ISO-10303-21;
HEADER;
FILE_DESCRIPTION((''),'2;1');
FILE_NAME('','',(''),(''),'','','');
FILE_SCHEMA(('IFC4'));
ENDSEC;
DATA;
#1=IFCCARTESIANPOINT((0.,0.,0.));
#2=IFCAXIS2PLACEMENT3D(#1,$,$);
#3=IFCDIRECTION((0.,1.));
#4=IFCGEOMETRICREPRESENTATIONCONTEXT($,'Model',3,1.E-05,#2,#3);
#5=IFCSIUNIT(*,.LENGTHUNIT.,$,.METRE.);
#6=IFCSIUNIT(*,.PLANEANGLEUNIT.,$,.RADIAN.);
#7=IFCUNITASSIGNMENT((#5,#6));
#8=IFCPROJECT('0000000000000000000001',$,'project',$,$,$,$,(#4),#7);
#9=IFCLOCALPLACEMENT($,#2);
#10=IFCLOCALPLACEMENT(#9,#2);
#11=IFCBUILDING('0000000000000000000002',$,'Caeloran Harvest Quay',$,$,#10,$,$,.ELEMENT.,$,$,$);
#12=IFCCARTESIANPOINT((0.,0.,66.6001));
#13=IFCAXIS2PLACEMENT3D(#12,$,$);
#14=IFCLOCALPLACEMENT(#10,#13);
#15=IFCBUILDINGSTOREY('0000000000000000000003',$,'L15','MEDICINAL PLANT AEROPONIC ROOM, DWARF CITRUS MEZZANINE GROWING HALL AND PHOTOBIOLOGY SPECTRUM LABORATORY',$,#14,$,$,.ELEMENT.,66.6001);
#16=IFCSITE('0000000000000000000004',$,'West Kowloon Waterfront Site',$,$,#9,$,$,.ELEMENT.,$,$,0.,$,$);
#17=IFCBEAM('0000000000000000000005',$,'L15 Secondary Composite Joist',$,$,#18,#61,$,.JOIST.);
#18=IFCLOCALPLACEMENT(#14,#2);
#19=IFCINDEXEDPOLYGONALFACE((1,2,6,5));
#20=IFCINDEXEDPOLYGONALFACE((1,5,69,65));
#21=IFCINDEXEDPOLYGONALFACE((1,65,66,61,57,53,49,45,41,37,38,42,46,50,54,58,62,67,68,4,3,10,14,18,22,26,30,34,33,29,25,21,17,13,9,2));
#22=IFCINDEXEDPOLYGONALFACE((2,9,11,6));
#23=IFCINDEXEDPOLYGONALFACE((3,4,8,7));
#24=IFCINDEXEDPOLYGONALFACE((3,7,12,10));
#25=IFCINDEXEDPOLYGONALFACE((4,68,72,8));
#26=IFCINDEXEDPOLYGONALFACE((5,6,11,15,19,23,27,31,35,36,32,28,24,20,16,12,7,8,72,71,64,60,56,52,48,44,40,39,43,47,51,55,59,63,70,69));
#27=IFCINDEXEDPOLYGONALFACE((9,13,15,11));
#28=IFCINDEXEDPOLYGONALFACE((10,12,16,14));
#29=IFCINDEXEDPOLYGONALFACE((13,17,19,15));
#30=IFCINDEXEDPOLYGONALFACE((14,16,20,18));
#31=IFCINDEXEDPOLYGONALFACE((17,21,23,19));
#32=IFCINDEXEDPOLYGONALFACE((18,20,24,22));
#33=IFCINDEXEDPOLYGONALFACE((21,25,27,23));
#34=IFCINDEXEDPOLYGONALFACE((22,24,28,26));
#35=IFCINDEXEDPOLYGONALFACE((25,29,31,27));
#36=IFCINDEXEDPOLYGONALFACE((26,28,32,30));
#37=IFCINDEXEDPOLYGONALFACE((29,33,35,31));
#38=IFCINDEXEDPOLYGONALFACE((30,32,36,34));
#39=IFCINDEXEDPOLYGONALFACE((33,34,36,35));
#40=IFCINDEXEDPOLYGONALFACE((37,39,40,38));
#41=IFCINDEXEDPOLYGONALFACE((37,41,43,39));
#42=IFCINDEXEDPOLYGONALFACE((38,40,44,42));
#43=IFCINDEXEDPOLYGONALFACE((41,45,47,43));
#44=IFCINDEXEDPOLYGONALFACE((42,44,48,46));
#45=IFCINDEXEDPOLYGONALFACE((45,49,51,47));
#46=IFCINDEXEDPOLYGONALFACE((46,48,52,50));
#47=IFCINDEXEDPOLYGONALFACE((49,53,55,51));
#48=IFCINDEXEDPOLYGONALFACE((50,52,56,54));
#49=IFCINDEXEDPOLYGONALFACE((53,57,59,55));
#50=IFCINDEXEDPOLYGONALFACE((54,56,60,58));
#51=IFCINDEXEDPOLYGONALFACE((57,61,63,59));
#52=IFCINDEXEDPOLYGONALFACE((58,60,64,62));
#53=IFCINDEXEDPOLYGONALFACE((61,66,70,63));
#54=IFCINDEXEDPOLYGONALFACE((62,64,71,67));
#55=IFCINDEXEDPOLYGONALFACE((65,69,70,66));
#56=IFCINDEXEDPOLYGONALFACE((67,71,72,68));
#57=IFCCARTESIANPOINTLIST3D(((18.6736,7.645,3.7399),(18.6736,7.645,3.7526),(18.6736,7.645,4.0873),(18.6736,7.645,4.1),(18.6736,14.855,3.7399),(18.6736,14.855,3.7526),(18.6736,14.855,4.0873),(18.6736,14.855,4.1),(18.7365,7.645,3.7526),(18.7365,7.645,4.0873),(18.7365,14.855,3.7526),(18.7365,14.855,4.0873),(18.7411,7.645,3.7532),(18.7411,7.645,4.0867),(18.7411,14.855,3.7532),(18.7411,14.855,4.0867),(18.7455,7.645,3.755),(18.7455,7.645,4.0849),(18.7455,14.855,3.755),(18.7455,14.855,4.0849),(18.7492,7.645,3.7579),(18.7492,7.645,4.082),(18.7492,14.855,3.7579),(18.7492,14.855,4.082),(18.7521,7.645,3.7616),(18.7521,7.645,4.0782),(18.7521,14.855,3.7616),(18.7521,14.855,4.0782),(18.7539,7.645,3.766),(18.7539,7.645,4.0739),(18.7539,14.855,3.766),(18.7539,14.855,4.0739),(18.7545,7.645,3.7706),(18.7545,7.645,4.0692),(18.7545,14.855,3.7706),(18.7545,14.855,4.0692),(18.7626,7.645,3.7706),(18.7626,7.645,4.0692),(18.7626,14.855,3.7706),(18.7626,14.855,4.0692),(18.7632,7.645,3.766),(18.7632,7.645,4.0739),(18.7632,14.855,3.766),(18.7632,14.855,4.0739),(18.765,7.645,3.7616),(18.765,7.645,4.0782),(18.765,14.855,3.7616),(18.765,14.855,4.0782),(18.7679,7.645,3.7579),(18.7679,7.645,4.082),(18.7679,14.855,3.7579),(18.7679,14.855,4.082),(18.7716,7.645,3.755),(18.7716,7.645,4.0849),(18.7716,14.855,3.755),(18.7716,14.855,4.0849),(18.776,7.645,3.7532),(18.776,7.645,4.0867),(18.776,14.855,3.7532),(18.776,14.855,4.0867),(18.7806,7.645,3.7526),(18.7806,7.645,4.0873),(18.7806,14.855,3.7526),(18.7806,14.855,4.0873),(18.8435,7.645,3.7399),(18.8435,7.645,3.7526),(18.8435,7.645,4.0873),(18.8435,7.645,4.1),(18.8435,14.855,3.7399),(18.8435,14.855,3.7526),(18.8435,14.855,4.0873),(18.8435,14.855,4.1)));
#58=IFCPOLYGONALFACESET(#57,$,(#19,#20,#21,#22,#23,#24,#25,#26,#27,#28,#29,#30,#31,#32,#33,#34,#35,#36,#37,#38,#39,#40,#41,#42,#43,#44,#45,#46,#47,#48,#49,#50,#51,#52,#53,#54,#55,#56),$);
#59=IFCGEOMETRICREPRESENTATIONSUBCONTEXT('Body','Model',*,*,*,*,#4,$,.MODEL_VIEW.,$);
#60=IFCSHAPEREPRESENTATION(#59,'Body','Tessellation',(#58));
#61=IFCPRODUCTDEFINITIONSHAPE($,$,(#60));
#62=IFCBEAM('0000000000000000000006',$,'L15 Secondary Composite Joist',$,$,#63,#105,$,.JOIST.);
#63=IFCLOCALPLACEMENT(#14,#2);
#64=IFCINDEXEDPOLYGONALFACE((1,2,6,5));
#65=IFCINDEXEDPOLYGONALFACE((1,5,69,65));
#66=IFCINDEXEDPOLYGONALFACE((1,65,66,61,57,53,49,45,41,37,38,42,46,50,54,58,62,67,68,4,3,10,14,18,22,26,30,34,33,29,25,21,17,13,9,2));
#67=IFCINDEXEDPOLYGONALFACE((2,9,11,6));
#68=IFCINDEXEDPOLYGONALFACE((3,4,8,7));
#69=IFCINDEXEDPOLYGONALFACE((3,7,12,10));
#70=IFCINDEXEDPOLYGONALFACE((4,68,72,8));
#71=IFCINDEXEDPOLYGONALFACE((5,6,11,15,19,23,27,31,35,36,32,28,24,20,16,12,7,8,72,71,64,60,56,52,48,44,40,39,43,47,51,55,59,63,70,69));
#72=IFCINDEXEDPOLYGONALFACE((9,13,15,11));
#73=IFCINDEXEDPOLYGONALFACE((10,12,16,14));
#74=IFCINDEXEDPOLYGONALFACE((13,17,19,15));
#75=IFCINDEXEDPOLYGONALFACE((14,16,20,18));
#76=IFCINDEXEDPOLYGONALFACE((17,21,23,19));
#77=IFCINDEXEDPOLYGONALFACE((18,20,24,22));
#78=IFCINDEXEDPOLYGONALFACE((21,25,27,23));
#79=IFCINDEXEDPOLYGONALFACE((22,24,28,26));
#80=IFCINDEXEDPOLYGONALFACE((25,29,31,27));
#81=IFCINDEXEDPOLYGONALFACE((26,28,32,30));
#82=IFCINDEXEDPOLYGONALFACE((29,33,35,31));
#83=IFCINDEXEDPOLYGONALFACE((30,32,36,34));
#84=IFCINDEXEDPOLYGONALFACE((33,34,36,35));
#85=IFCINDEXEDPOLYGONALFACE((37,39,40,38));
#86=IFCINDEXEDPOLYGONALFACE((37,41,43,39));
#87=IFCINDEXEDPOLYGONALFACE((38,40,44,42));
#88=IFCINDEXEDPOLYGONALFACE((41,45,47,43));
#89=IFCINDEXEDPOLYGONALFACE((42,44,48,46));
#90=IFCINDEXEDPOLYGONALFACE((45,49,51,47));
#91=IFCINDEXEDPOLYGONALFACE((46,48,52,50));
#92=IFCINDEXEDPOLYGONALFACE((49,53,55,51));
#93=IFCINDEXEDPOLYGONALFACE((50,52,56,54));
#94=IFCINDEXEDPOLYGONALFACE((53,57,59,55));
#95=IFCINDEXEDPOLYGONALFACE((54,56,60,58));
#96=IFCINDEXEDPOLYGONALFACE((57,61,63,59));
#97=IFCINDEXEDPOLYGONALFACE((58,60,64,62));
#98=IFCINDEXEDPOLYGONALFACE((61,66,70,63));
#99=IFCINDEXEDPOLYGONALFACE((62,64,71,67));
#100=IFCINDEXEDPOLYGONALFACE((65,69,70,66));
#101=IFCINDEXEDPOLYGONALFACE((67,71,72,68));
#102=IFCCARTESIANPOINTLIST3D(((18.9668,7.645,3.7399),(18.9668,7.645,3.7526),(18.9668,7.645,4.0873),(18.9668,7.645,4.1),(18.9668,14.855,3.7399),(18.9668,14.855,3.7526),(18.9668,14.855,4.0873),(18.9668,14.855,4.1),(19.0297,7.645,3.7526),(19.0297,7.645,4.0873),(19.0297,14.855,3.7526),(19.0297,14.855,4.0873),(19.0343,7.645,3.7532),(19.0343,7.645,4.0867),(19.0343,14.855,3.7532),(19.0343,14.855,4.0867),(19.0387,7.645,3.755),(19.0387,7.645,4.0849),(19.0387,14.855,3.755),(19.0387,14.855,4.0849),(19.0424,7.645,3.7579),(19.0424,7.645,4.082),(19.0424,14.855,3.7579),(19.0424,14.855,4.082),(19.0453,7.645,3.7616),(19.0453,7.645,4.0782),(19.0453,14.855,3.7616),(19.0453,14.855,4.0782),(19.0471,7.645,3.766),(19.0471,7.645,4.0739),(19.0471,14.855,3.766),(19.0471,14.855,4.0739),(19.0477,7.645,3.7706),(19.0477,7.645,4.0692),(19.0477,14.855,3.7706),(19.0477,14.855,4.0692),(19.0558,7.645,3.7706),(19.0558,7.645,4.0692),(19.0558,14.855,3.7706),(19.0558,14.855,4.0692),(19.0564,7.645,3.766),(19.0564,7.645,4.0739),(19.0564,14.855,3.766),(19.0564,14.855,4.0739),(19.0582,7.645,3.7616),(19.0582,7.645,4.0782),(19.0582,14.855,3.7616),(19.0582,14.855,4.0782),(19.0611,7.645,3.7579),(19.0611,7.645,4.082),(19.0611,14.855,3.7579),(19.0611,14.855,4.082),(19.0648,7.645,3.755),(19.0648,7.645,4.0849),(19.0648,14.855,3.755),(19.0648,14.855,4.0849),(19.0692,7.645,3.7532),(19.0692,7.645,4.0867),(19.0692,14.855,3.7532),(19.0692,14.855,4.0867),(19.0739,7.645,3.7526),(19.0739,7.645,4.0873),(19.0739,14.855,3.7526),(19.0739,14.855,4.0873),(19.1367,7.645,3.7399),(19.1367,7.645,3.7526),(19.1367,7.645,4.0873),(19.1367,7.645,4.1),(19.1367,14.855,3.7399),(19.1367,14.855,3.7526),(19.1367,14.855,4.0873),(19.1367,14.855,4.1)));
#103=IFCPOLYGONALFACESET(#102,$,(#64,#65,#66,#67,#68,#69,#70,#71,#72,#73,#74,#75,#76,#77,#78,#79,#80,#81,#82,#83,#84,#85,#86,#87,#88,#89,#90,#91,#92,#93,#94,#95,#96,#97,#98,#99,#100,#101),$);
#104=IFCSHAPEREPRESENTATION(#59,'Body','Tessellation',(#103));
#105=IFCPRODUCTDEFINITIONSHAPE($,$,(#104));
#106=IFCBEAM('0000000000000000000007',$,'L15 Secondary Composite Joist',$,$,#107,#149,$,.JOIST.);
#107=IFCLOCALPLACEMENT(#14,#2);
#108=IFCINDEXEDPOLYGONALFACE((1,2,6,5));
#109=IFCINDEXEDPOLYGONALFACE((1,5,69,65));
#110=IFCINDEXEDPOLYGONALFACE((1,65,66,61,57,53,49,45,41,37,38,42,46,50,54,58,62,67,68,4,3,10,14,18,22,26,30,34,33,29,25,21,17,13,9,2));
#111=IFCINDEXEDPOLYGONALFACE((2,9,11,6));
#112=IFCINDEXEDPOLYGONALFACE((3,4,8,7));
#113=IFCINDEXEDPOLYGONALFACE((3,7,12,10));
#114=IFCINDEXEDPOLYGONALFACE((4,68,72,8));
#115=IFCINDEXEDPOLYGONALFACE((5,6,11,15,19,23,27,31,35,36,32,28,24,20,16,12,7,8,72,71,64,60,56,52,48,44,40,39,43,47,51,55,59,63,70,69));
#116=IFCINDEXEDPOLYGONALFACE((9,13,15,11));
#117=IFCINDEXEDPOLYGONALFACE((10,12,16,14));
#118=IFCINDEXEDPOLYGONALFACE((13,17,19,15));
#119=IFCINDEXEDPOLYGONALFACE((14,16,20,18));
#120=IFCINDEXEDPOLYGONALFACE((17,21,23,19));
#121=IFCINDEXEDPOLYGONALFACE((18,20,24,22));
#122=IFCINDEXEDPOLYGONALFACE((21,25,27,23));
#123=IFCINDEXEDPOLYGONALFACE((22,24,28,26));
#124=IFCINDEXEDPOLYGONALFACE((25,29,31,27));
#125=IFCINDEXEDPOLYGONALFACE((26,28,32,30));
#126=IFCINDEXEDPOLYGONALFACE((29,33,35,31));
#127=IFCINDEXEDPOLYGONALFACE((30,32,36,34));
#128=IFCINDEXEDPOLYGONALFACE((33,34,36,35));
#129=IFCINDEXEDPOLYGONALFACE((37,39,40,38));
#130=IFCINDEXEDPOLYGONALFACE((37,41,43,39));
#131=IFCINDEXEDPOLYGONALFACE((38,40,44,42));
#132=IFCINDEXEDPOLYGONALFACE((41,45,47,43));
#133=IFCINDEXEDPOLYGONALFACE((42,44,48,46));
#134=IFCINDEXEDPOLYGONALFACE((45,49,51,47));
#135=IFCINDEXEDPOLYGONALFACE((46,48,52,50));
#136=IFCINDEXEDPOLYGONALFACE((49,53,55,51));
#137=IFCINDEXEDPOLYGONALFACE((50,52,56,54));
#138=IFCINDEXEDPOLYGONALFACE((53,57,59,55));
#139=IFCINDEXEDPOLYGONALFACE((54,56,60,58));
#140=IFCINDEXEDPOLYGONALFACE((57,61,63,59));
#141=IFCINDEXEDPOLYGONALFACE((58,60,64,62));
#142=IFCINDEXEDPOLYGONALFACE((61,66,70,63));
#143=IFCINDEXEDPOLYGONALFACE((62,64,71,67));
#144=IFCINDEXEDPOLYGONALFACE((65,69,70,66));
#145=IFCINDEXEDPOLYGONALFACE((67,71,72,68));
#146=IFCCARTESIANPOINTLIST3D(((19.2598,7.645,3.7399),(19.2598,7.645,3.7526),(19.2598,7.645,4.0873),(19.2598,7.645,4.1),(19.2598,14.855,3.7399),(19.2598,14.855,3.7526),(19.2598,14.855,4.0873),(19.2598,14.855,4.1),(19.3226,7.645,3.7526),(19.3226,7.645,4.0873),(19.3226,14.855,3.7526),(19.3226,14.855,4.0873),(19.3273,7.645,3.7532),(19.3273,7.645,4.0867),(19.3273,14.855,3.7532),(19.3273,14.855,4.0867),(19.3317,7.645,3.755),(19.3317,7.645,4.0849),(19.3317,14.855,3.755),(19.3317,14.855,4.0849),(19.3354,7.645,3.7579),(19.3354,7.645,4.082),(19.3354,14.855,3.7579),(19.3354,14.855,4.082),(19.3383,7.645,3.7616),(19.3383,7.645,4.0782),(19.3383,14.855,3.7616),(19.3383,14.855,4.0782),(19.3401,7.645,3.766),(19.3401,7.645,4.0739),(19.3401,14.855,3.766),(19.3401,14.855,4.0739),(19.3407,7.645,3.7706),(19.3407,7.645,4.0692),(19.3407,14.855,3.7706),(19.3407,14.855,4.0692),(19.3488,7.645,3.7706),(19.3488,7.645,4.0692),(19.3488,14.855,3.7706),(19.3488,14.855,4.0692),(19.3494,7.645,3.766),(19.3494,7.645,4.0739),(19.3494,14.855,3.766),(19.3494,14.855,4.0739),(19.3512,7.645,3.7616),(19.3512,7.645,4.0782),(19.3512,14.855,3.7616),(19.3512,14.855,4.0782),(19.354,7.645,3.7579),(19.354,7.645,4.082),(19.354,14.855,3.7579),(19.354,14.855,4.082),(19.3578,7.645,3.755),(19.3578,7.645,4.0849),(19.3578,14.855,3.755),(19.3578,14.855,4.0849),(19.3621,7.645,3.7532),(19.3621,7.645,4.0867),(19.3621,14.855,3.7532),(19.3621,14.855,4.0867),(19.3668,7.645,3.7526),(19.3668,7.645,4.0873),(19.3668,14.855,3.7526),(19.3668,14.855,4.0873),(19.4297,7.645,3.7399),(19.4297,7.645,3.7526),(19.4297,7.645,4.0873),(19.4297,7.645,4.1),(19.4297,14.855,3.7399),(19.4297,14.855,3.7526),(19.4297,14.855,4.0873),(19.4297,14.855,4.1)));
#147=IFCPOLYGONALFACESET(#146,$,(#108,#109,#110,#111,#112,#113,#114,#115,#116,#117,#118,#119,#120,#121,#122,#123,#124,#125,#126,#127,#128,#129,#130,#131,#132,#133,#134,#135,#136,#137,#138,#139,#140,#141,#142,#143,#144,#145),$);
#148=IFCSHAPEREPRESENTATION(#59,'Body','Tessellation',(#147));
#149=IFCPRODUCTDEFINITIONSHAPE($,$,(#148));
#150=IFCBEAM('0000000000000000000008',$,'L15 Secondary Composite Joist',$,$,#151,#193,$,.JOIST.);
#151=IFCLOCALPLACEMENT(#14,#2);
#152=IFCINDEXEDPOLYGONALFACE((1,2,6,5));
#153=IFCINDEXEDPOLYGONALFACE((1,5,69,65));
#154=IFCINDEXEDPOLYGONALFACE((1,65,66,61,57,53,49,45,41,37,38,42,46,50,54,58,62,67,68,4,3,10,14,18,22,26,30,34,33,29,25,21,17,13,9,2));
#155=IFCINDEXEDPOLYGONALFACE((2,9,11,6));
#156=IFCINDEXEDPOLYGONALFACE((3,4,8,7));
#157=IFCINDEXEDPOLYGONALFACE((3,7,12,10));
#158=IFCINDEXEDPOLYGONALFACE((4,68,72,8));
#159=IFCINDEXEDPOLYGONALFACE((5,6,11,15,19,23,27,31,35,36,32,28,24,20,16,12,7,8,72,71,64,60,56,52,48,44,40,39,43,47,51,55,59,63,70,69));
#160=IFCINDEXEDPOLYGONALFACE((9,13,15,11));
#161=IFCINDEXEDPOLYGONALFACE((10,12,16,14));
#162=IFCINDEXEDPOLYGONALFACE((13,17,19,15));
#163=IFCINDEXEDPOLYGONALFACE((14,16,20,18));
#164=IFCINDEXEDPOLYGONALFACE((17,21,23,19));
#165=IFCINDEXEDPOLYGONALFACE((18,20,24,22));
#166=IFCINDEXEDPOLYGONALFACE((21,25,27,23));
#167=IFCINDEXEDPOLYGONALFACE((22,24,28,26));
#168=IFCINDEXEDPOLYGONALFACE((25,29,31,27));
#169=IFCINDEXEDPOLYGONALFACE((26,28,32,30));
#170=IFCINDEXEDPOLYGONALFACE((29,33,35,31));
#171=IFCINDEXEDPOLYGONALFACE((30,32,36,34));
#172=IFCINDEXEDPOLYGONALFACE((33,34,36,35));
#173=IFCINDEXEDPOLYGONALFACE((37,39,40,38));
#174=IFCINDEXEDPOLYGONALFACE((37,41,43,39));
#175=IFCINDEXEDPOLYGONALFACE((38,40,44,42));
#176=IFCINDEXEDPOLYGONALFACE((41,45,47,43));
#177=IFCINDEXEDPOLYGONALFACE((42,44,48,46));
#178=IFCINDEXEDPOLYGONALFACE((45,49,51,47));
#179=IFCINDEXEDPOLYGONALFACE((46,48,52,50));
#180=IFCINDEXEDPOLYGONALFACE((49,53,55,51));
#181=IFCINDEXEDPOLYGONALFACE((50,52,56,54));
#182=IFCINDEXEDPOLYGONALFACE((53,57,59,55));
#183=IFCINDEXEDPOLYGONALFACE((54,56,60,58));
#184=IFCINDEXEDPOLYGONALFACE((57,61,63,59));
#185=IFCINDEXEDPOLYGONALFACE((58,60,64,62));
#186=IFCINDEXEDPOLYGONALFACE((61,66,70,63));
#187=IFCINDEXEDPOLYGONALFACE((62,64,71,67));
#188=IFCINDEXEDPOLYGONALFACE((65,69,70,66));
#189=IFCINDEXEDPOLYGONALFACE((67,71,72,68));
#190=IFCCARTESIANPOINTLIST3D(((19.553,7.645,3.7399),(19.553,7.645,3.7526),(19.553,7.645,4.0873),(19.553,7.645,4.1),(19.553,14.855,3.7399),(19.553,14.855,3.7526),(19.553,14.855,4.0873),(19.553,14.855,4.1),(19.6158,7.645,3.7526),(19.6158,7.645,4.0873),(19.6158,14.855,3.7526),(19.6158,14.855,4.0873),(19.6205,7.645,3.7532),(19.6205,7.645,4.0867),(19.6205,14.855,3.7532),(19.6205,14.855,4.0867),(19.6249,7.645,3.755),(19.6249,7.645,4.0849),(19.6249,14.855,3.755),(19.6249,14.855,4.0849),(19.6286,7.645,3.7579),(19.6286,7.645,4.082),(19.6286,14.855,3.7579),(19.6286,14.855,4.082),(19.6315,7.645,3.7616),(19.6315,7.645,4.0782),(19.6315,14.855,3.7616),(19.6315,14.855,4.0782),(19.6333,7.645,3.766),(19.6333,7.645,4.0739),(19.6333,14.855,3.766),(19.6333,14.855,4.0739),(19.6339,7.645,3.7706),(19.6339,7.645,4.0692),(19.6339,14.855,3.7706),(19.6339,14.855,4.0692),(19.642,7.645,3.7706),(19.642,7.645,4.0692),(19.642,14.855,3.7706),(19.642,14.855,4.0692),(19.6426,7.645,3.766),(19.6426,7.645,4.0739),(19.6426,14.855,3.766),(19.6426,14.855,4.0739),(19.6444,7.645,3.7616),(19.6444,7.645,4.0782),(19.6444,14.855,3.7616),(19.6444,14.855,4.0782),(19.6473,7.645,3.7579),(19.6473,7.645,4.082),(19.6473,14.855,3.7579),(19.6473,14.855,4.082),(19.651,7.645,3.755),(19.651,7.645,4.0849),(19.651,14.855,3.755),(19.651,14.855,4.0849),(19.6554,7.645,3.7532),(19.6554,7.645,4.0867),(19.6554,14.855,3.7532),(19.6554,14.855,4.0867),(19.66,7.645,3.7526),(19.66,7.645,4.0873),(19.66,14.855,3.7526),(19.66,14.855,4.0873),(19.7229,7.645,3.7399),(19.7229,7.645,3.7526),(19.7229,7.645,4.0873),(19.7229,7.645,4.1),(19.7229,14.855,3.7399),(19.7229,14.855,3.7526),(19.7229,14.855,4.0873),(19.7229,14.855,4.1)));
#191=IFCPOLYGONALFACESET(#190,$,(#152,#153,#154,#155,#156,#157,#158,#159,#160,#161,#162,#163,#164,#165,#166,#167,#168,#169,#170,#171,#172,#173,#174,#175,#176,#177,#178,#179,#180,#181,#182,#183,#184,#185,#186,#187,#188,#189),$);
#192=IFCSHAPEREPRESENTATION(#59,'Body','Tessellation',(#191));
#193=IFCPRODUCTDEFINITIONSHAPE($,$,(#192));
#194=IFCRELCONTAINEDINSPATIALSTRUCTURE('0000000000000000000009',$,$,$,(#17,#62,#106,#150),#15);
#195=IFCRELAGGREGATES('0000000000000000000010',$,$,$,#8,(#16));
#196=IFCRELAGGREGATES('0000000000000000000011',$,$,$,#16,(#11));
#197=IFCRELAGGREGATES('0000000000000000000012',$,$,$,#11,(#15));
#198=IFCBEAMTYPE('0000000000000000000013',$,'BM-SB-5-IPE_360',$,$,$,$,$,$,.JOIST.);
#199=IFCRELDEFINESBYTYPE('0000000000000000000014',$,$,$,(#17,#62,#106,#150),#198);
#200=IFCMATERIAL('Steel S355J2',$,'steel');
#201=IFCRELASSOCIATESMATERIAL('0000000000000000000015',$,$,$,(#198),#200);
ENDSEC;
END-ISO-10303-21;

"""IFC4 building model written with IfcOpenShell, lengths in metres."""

from ifc_helpers import new_model, si_unit, direction, frame, origin, origin_2d, place, context, subcontext, project, spatial, i_section, extrude, material, material_profile, profile_set, type_object, element, save


model = new_model("IFC4")

# Units and contexts
model_context = context("Model", 3, precision=1e-05, world=origin(), true_north=direction((0.0, 1.0)))
body_context = subcontext(model_context, "Body", "Model", "MODEL_VIEW")
ifc_project = project(units=[si_unit("LENGTHUNIT", "METRE"), si_unit("PLANEANGLEUNIT", "RADIAN")], contexts=[model_context])

# Site, building, storey
site_placement = place(None, origin())
site = spatial("IfcSite", under=ifc_project, at=site_placement, Name="West Kowloon Waterfront Site", CompositionType="ELEMENT", RefElevation=0.0)
building_placement = place(site_placement, origin())
building = spatial("IfcBuilding", under=site, at=building_placement, Name="Caeloran Harvest Quay", CompositionType="ELEMENT")
storey_placement = place(building_placement, frame((0.0, 0.0, 66.6001)))
storey = spatial("IfcBuildingStorey", under=building, at=storey_placement, Name="L15", Description="MEDICINAL PLANT AEROPONIC ROOM, DWARF CITRUS MEZZANINE GROWING HALL AND PHOTOBIOLOGY SPECTRUM LABORATORY", CompositionType="ELEMENT", Elevation=66.6001)

# Beams
ifc_material_1 = material(Name="Steel S355J2", Category="steel")
ifc_material_profile_1 = material_profile(ifc_material_1, i_section(OverallWidth=0.1699, OverallDepth=0.3601, WebThickness=0.0081, FlangeThickness=0.0127, FilletRadius=0.0181, at=origin_2d()), Name="IPE 360")
ifc_profile_set_1 = profile_set([ifc_material_profile_1], Name="Steel S355J2")
beam_type_1 = type_object("IfcBeamType", Name="BM-SB-5-IPE_360", PredefinedType="JOIST", material=ifc_profile_set_1)
for number, where, z_axis, x_axis, name in (
    (1, (18.7585, 7.645, 3.9199), (0.0, 1.0, 0.0), (-1.0, 0.0, 0.0), "L15 Secondary Composite Joist"),
    (2, (19.0518, 7.645, 3.9199), (0.0, 1.0, 0.0), (-1.0, 0.0, 0.0), "L15 Secondary Composite Joist"),
    (3, (19.3447, 7.645, 3.9199), (0.0, 1.0, 0.0), (-1.0, 0.0, 0.0), "L15 Secondary Composite Joist"),
    (4, (19.6379, 7.645, 3.9199), (0.0, 1.0, 0.0), (-1.0, 0.0, 0.0), "L15 Secondary Composite Joist"),
):
    element("IfcBeam", number, at=place(storey_placement, frame(where, z_axis=z_axis, x_axis=x_axis)), inside=storey, type_object=beam_type_1, Name=name, PredefinedType="JOIST", context=body_context, shape_type="SweptSolid", body=[
        extrude(i_section(OverallWidth=0.1699, OverallDepth=0.3601, WebThickness=0.0081, FlangeThickness=0.0127, FilletRadius=0.0181, at=origin_2d()), origin(), (0.0, 0.0, 1.0), 7.21),
    ])

save(model, "model.ifc")
